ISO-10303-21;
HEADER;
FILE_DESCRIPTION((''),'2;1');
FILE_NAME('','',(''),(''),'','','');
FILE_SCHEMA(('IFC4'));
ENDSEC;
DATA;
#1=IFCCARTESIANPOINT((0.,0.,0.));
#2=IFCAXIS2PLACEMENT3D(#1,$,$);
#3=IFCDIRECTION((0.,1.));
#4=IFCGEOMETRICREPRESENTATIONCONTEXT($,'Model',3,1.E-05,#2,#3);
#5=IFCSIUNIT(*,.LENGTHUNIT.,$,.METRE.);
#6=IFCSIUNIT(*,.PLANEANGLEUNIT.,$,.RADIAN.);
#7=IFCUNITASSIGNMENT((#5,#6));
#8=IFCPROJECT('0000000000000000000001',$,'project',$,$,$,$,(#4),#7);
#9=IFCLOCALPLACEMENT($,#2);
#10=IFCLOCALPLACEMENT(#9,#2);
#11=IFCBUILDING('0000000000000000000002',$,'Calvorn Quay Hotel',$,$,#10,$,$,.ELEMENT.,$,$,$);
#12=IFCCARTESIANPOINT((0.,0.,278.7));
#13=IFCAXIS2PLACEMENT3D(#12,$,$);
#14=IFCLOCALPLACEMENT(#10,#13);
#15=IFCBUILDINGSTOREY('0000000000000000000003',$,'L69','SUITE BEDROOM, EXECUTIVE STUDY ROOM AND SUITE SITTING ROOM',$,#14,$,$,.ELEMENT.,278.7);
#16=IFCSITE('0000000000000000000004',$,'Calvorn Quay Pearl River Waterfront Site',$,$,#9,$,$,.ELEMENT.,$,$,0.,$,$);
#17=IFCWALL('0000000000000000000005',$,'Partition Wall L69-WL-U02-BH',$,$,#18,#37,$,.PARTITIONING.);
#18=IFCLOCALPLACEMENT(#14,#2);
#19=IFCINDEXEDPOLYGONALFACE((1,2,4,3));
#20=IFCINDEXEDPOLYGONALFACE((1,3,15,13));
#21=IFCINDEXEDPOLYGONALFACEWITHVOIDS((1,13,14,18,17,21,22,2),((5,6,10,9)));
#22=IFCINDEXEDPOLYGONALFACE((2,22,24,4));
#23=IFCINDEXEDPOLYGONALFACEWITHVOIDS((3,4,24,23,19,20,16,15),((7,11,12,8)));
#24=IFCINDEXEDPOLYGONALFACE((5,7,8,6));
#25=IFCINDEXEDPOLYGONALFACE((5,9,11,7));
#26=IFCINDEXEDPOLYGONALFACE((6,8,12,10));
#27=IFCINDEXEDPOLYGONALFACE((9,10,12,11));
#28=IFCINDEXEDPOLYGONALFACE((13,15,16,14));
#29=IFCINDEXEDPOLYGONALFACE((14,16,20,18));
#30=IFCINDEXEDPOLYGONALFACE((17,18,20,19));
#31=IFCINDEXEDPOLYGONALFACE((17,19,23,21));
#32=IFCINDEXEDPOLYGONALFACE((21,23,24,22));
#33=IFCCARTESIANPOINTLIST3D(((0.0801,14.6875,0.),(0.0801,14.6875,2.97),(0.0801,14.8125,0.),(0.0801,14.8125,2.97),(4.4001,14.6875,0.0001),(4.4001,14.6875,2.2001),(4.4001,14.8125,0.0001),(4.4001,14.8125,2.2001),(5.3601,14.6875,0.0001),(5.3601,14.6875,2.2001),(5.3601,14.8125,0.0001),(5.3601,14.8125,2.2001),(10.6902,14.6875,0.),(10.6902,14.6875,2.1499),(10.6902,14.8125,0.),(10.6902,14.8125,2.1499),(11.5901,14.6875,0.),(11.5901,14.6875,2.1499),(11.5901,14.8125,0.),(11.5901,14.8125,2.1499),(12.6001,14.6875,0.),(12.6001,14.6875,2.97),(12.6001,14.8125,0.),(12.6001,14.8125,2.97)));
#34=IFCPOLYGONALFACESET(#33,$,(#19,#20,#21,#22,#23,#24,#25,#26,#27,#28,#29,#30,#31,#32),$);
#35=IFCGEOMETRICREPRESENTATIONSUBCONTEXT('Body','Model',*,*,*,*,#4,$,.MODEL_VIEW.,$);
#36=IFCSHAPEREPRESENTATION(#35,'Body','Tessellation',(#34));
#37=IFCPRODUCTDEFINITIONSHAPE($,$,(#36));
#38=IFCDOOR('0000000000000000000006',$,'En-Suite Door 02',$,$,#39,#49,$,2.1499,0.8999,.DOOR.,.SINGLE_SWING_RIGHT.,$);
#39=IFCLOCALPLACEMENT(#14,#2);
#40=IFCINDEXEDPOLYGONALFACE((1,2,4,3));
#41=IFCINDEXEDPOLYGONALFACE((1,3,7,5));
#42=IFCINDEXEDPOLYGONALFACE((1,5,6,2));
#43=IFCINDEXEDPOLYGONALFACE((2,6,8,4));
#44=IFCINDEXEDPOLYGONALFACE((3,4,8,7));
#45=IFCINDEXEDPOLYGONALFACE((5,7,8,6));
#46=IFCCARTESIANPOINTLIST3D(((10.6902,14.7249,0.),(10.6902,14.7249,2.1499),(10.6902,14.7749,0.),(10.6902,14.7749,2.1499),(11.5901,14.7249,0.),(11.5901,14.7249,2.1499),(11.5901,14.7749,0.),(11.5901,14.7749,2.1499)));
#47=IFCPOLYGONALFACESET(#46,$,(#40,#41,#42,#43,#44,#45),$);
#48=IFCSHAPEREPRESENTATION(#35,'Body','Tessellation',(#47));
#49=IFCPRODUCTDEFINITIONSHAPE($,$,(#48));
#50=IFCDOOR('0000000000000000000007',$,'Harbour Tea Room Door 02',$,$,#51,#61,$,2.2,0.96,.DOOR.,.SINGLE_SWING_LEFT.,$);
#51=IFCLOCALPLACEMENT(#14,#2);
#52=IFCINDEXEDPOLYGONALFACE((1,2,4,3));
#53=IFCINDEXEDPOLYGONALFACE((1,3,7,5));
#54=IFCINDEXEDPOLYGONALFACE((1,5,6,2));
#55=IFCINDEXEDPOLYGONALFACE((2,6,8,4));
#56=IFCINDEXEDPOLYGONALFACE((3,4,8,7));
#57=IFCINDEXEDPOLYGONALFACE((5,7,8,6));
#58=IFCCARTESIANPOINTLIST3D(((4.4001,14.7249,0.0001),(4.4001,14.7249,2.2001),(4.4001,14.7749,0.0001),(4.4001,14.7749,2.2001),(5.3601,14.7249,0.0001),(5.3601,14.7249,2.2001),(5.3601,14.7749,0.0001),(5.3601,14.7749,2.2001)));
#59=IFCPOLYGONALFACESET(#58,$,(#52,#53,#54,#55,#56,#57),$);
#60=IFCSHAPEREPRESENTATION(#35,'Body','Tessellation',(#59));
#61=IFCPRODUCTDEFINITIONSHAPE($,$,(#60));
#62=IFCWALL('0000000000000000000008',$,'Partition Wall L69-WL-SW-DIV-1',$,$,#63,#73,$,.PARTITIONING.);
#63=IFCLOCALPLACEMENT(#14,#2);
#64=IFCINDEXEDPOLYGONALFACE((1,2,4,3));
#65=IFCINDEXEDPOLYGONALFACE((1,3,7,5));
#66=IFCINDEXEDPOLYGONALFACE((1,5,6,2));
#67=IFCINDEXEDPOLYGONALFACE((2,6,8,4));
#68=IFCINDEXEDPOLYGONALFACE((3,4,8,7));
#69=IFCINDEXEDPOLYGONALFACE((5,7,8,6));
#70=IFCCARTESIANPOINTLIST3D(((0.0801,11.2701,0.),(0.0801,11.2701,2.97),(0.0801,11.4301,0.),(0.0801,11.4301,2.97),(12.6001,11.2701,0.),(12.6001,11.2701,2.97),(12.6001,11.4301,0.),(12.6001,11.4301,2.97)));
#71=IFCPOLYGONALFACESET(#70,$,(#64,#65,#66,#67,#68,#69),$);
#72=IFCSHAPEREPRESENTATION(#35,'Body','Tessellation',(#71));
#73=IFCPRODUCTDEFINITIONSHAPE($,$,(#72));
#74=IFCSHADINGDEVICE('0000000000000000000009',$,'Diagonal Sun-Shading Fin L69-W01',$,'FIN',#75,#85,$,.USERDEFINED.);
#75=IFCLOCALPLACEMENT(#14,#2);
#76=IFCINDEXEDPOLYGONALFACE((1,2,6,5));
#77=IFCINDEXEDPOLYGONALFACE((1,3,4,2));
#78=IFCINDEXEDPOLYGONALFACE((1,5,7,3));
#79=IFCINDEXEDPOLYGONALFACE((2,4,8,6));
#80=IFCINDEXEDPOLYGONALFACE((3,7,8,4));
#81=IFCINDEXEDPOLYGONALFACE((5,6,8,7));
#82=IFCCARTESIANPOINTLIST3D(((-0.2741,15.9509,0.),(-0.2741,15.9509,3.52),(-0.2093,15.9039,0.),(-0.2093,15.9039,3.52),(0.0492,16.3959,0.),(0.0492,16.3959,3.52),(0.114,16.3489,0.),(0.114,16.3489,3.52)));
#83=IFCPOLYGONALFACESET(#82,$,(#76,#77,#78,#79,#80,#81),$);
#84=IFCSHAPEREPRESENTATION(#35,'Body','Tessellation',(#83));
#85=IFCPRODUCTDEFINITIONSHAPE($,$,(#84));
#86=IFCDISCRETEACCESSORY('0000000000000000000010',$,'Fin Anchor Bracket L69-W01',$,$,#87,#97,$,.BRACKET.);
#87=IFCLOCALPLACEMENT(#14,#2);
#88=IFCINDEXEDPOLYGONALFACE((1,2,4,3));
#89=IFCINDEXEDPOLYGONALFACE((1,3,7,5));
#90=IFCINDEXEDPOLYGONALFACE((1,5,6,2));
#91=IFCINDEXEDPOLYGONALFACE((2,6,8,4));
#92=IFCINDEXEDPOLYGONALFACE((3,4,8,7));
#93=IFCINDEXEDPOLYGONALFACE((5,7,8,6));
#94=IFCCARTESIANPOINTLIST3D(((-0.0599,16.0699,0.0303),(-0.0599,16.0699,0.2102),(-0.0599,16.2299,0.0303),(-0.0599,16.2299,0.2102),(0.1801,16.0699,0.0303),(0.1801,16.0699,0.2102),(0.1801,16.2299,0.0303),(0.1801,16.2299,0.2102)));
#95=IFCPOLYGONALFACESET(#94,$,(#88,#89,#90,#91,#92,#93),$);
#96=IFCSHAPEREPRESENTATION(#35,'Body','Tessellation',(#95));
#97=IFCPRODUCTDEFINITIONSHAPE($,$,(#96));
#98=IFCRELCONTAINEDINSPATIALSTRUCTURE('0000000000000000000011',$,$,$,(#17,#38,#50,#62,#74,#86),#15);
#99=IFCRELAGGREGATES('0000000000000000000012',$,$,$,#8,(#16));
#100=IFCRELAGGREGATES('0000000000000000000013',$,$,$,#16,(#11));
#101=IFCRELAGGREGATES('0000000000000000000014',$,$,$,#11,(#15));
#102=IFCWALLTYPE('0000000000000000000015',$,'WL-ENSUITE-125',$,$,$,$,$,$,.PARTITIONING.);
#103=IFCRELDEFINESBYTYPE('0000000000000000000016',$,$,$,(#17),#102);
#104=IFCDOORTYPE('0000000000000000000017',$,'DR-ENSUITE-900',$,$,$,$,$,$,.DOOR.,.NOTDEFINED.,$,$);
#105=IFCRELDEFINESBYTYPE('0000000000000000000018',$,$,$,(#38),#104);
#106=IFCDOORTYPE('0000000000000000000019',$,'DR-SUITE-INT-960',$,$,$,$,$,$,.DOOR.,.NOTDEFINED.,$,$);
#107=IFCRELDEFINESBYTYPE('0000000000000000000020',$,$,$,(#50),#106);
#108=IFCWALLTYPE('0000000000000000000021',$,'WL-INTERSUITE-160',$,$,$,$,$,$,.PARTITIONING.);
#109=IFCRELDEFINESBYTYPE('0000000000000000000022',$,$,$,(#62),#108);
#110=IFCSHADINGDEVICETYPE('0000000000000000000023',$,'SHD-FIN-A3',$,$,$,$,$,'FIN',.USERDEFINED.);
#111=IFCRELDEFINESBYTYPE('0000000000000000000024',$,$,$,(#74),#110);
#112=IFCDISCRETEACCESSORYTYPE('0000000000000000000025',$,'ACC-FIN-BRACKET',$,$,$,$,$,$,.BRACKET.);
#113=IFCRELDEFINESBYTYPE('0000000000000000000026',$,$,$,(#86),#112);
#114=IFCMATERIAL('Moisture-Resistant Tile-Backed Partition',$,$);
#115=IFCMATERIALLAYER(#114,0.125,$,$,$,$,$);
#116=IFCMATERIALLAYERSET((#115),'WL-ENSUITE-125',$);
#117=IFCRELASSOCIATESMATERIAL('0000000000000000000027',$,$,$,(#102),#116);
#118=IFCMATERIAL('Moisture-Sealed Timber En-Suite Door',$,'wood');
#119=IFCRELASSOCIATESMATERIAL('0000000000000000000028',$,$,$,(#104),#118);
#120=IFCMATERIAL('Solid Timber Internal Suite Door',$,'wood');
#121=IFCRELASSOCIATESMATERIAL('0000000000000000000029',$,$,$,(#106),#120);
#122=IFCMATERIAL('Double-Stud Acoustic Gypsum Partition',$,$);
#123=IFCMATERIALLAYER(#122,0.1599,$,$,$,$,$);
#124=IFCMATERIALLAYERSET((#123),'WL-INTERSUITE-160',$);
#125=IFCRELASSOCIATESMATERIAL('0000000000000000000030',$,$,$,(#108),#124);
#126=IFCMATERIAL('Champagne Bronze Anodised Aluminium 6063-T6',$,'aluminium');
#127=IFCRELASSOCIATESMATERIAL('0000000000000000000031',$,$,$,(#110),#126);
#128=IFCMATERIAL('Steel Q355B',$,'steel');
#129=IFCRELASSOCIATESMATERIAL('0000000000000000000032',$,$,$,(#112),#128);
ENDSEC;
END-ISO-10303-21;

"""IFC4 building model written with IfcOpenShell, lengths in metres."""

from ifc_helpers import new_model, si_unit, direction, frame, frame_2d, origin, origin_2d, place, context, subcontext, project, spatial, rectangle, extrude, material, layer, layer_set, type_object, element, fill, save


model = new_model("IFC4")

# Units and contexts
model_context = context("Model", 3, precision=1e-05, world=origin(), true_north=direction((0.0, 1.0)))
body_context = subcontext(model_context, "Body", "Model", "MODEL_VIEW")
ifc_project = project(units=[si_unit("LENGTHUNIT", "METRE"), si_unit("PLANEANGLEUNIT", "RADIAN")], contexts=[model_context])

# Site, building, storey
site_placement = place(None, origin())
site = spatial("IfcSite", under=ifc_project, at=site_placement, Name="Calvorn Quay Pearl River Waterfront Site", CompositionType="ELEMENT", RefElevation=0.0)
building_placement = place(site_placement, origin())
building = spatial("IfcBuilding", under=site, at=building_placement, Name="Calvorn Quay Hotel", CompositionType="ELEMENT")
storey_placement = place(building_placement, frame((0.0, 0.0, 278.7)))
storey = spatial("IfcBuildingStorey", under=building, at=storey_placement, Name="L69", Description="SUITE BEDROOM, EXECUTIVE STUDY ROOM AND SUITE SITTING ROOM", CompositionType="ELEMENT", Elevation=278.7)

# Wall, openings, doors
ifc_material_1 = material(Name="Moisture-Resistant Tile-Backed Partition")
ifc_layer_1 = layer(ifc_material_1, 0.125)
ifc_layer_set_1 = layer_set([ifc_layer_1], Name="WL-ENSUITE-125")
wall_type_1 = type_object("IfcWallType", Name="WL-ENSUITE-125", PredefinedType="PARTITIONING", material=ifc_layer_set_1)
ifc_material_2 = material(Name="Moisture-Sealed Timber En-Suite Door", Category="wood")
door_type_1 = type_object("IfcDoorType", Name="DR-ENSUITE-900", OperationType="NOTDEFINED", PredefinedType="DOOR", material=ifc_material_2)
ifc_material_3 = material(Name="Solid Timber Internal Suite Door", Category="wood")
door_type_2 = type_object("IfcDoorType", Name="DR-SUITE-INT-960", OperationType="NOTDEFINED", PredefinedType="DOOR", material=ifc_material_3)
wall_1_placement = place(storey_placement, frame((0.0801, 14.75, 0.0), z_axis=(0.0, 0.0, 1.0), x_axis=(1.0, 0.0, 0.0)))
wall_1 = element("IfcWall", 1, at=wall_1_placement, inside=storey, type_object=wall_type_1, Name="Partition Wall L69-WL-U02-BH", PredefinedType="PARTITIONING", context=body_context, shape_type="SweptSolid", body=[
    extrude(rectangle(XDim=12.52, YDim=0.125, at=frame_2d((6.26, 0.0))), origin(), (0.0, 0.0, 1.0), 2.97),
])
opening_1_placement = place(wall_1_placement, frame((4.3201, 0.0, 0.0)))
opening_1 = element("IfcOpeningElement", 2, at=opening_1_placement, cuts=wall_1, PredefinedType="OPENING", context=body_context, shape_type="SweptSolid", body=[
    extrude(rectangle(XDim=0.96, YDim=2.2, at=frame_2d((0.48, 1.1001))), frame((0.0, 0.0725, 0.0), z_axis=(0.0, -1.0, 0.0), x_axis=(1.0, 0.0, 0.0)), (0.0, 0.0, 1.0), 0.145),
])
opening_2_placement = place(wall_1_placement, frame((10.6101, 0.0, 0.0)))
opening_2 = element("IfcOpeningElement", 3, at=opening_2_placement, cuts=wall_1, PredefinedType="OPENING", context=body_context, shape_type="SweptSolid", body=[
    extrude(rectangle(XDim=0.8999, YDim=2.1499, at=frame_2d((0.45, 1.075))), frame((0.0, 0.0725, 0.0), z_axis=(0.0, -1.0, 0.0), x_axis=(1.0, 0.0, 0.0)), (0.0, 0.0, 1.0), 0.145),
])
door_1_placement = place(opening_2_placement, origin())
door_1 = element("IfcDoor", 4, at=door_1_placement, inside=storey, type_object=door_type_1, Name="En-Suite Door 02", OperationType="SINGLE_SWING_RIGHT", OverallHeight=2.1499, OverallWidth=0.8999, PredefinedType="DOOR", context=body_context, shape_type="SweptSolid", body=[
    extrude(rectangle(XDim=0.8999, YDim=2.1499, at=frame_2d((0.45, 1.075))), frame((0.0, 0.0249, 0.0), z_axis=(0.0, -1.0, 0.0), x_axis=(1.0, 0.0, 0.0)), (0.0, 0.0, 1.0), 0.05),
])
fill(opening_2, door_1)
door_2_placement = place(opening_1_placement, origin())
door_2 = element("IfcDoor", 5, at=door_2_placement, inside=storey, type_object=door_type_2, Name="Harbour Tea Room Door 02", OperationType="SINGLE_SWING_LEFT", OverallHeight=2.2, OverallWidth=0.96, PredefinedType="DOOR", context=body_context, shape_type="SweptSolid", body=[
    extrude(rectangle(XDim=0.96, YDim=2.2, at=frame_2d((0.48, 1.1001))), frame((0.0, 0.0249, 0.0), z_axis=(0.0, -1.0, 0.0), x_axis=(1.0, 0.0, 0.0)), (0.0, 0.0, 1.0), 0.05),
])
fill(opening_1, door_2)

# Wall
ifc_material_4 = material(Name="Double-Stud Acoustic Gypsum Partition")
ifc_layer_2 = layer(ifc_material_4, 0.1599)
ifc_layer_set_2 = layer_set([ifc_layer_2], Name="WL-INTERSUITE-160")
wall_type_2 = type_object("IfcWallType", Name="WL-INTERSUITE-160", PredefinedType="PARTITIONING", material=ifc_layer_set_2)
wall_2_placement = place(storey_placement, frame((0.0801, 11.3501, 0.0), z_axis=(0.0, 0.0, 1.0), x_axis=(1.0, 0.0, 0.0)))
element("IfcWall", 6, at=wall_2_placement, inside=storey, type_object=wall_type_2, Name="Partition Wall L69-WL-SW-DIV-1", PredefinedType="PARTITIONING", context=body_context, shape_type="SweptSolid", body=[
    extrude(rectangle(XDim=12.52, YDim=0.1599, at=frame_2d((6.26, 0.0))), origin(), (0.0, 0.0, 1.0), 2.97),
])

# Shading device
ifc_material_5 = material(Name="Champagne Bronze Anodised Aluminium 6063-T6", Category="aluminium")
shading_device_type = type_object("IfcShadingDeviceType", Name="SHD-FIN-A3", ElementType="FIN", PredefinedType="USERDEFINED", material=ifc_material_5)
shading_device_placement = place(storey_placement, frame((-0.0801, 16.1499, 0.0), z_axis=(0.0, 0.0, 1.0), x_axis=(0.587785, 0.809017, 0.0)))
element("IfcShadingDevice", 7, at=shading_device_placement, inside=storey, type_object=shading_device_type, Name="Diagonal Sun-Shading Fin L69-W01", ObjectType="FIN", PredefinedType="USERDEFINED", context=body_context, shape_type="SweptSolid", body=[
    extrude(rectangle(XDim=0.55, YDim=0.0801, at=origin_2d()), origin(), (0.0, 0.0, 1.0), 3.52),
])

# Discrete accessory
ifc_material_6 = material(Name="Steel Q355B", Category="steel")
discrete_accessory_type = type_object("IfcDiscreteAccessoryType", Name="ACC-FIN-BRACKET", PredefinedType="BRACKET", material=ifc_material_6)
discrete_accessory_placement = place(storey_placement, frame((0.0601, 16.1499, 0.0303), z_axis=(0.0, 0.0, 1.0), x_axis=(1.0, 0.0, 0.0)))
element("IfcDiscreteAccessory", 8, at=discrete_accessory_placement, inside=storey, type_object=discrete_accessory_type, Name="Fin Anchor Bracket L69-W01", PredefinedType="BRACKET", context=body_context, shape_type="SweptSolid", body=[
    extrude(rectangle(XDim=0.24, YDim=0.1599, at=origin_2d()), origin(), (0.0, 0.0, 1.0), 0.1799),
])

save(model, "model.ifc")
